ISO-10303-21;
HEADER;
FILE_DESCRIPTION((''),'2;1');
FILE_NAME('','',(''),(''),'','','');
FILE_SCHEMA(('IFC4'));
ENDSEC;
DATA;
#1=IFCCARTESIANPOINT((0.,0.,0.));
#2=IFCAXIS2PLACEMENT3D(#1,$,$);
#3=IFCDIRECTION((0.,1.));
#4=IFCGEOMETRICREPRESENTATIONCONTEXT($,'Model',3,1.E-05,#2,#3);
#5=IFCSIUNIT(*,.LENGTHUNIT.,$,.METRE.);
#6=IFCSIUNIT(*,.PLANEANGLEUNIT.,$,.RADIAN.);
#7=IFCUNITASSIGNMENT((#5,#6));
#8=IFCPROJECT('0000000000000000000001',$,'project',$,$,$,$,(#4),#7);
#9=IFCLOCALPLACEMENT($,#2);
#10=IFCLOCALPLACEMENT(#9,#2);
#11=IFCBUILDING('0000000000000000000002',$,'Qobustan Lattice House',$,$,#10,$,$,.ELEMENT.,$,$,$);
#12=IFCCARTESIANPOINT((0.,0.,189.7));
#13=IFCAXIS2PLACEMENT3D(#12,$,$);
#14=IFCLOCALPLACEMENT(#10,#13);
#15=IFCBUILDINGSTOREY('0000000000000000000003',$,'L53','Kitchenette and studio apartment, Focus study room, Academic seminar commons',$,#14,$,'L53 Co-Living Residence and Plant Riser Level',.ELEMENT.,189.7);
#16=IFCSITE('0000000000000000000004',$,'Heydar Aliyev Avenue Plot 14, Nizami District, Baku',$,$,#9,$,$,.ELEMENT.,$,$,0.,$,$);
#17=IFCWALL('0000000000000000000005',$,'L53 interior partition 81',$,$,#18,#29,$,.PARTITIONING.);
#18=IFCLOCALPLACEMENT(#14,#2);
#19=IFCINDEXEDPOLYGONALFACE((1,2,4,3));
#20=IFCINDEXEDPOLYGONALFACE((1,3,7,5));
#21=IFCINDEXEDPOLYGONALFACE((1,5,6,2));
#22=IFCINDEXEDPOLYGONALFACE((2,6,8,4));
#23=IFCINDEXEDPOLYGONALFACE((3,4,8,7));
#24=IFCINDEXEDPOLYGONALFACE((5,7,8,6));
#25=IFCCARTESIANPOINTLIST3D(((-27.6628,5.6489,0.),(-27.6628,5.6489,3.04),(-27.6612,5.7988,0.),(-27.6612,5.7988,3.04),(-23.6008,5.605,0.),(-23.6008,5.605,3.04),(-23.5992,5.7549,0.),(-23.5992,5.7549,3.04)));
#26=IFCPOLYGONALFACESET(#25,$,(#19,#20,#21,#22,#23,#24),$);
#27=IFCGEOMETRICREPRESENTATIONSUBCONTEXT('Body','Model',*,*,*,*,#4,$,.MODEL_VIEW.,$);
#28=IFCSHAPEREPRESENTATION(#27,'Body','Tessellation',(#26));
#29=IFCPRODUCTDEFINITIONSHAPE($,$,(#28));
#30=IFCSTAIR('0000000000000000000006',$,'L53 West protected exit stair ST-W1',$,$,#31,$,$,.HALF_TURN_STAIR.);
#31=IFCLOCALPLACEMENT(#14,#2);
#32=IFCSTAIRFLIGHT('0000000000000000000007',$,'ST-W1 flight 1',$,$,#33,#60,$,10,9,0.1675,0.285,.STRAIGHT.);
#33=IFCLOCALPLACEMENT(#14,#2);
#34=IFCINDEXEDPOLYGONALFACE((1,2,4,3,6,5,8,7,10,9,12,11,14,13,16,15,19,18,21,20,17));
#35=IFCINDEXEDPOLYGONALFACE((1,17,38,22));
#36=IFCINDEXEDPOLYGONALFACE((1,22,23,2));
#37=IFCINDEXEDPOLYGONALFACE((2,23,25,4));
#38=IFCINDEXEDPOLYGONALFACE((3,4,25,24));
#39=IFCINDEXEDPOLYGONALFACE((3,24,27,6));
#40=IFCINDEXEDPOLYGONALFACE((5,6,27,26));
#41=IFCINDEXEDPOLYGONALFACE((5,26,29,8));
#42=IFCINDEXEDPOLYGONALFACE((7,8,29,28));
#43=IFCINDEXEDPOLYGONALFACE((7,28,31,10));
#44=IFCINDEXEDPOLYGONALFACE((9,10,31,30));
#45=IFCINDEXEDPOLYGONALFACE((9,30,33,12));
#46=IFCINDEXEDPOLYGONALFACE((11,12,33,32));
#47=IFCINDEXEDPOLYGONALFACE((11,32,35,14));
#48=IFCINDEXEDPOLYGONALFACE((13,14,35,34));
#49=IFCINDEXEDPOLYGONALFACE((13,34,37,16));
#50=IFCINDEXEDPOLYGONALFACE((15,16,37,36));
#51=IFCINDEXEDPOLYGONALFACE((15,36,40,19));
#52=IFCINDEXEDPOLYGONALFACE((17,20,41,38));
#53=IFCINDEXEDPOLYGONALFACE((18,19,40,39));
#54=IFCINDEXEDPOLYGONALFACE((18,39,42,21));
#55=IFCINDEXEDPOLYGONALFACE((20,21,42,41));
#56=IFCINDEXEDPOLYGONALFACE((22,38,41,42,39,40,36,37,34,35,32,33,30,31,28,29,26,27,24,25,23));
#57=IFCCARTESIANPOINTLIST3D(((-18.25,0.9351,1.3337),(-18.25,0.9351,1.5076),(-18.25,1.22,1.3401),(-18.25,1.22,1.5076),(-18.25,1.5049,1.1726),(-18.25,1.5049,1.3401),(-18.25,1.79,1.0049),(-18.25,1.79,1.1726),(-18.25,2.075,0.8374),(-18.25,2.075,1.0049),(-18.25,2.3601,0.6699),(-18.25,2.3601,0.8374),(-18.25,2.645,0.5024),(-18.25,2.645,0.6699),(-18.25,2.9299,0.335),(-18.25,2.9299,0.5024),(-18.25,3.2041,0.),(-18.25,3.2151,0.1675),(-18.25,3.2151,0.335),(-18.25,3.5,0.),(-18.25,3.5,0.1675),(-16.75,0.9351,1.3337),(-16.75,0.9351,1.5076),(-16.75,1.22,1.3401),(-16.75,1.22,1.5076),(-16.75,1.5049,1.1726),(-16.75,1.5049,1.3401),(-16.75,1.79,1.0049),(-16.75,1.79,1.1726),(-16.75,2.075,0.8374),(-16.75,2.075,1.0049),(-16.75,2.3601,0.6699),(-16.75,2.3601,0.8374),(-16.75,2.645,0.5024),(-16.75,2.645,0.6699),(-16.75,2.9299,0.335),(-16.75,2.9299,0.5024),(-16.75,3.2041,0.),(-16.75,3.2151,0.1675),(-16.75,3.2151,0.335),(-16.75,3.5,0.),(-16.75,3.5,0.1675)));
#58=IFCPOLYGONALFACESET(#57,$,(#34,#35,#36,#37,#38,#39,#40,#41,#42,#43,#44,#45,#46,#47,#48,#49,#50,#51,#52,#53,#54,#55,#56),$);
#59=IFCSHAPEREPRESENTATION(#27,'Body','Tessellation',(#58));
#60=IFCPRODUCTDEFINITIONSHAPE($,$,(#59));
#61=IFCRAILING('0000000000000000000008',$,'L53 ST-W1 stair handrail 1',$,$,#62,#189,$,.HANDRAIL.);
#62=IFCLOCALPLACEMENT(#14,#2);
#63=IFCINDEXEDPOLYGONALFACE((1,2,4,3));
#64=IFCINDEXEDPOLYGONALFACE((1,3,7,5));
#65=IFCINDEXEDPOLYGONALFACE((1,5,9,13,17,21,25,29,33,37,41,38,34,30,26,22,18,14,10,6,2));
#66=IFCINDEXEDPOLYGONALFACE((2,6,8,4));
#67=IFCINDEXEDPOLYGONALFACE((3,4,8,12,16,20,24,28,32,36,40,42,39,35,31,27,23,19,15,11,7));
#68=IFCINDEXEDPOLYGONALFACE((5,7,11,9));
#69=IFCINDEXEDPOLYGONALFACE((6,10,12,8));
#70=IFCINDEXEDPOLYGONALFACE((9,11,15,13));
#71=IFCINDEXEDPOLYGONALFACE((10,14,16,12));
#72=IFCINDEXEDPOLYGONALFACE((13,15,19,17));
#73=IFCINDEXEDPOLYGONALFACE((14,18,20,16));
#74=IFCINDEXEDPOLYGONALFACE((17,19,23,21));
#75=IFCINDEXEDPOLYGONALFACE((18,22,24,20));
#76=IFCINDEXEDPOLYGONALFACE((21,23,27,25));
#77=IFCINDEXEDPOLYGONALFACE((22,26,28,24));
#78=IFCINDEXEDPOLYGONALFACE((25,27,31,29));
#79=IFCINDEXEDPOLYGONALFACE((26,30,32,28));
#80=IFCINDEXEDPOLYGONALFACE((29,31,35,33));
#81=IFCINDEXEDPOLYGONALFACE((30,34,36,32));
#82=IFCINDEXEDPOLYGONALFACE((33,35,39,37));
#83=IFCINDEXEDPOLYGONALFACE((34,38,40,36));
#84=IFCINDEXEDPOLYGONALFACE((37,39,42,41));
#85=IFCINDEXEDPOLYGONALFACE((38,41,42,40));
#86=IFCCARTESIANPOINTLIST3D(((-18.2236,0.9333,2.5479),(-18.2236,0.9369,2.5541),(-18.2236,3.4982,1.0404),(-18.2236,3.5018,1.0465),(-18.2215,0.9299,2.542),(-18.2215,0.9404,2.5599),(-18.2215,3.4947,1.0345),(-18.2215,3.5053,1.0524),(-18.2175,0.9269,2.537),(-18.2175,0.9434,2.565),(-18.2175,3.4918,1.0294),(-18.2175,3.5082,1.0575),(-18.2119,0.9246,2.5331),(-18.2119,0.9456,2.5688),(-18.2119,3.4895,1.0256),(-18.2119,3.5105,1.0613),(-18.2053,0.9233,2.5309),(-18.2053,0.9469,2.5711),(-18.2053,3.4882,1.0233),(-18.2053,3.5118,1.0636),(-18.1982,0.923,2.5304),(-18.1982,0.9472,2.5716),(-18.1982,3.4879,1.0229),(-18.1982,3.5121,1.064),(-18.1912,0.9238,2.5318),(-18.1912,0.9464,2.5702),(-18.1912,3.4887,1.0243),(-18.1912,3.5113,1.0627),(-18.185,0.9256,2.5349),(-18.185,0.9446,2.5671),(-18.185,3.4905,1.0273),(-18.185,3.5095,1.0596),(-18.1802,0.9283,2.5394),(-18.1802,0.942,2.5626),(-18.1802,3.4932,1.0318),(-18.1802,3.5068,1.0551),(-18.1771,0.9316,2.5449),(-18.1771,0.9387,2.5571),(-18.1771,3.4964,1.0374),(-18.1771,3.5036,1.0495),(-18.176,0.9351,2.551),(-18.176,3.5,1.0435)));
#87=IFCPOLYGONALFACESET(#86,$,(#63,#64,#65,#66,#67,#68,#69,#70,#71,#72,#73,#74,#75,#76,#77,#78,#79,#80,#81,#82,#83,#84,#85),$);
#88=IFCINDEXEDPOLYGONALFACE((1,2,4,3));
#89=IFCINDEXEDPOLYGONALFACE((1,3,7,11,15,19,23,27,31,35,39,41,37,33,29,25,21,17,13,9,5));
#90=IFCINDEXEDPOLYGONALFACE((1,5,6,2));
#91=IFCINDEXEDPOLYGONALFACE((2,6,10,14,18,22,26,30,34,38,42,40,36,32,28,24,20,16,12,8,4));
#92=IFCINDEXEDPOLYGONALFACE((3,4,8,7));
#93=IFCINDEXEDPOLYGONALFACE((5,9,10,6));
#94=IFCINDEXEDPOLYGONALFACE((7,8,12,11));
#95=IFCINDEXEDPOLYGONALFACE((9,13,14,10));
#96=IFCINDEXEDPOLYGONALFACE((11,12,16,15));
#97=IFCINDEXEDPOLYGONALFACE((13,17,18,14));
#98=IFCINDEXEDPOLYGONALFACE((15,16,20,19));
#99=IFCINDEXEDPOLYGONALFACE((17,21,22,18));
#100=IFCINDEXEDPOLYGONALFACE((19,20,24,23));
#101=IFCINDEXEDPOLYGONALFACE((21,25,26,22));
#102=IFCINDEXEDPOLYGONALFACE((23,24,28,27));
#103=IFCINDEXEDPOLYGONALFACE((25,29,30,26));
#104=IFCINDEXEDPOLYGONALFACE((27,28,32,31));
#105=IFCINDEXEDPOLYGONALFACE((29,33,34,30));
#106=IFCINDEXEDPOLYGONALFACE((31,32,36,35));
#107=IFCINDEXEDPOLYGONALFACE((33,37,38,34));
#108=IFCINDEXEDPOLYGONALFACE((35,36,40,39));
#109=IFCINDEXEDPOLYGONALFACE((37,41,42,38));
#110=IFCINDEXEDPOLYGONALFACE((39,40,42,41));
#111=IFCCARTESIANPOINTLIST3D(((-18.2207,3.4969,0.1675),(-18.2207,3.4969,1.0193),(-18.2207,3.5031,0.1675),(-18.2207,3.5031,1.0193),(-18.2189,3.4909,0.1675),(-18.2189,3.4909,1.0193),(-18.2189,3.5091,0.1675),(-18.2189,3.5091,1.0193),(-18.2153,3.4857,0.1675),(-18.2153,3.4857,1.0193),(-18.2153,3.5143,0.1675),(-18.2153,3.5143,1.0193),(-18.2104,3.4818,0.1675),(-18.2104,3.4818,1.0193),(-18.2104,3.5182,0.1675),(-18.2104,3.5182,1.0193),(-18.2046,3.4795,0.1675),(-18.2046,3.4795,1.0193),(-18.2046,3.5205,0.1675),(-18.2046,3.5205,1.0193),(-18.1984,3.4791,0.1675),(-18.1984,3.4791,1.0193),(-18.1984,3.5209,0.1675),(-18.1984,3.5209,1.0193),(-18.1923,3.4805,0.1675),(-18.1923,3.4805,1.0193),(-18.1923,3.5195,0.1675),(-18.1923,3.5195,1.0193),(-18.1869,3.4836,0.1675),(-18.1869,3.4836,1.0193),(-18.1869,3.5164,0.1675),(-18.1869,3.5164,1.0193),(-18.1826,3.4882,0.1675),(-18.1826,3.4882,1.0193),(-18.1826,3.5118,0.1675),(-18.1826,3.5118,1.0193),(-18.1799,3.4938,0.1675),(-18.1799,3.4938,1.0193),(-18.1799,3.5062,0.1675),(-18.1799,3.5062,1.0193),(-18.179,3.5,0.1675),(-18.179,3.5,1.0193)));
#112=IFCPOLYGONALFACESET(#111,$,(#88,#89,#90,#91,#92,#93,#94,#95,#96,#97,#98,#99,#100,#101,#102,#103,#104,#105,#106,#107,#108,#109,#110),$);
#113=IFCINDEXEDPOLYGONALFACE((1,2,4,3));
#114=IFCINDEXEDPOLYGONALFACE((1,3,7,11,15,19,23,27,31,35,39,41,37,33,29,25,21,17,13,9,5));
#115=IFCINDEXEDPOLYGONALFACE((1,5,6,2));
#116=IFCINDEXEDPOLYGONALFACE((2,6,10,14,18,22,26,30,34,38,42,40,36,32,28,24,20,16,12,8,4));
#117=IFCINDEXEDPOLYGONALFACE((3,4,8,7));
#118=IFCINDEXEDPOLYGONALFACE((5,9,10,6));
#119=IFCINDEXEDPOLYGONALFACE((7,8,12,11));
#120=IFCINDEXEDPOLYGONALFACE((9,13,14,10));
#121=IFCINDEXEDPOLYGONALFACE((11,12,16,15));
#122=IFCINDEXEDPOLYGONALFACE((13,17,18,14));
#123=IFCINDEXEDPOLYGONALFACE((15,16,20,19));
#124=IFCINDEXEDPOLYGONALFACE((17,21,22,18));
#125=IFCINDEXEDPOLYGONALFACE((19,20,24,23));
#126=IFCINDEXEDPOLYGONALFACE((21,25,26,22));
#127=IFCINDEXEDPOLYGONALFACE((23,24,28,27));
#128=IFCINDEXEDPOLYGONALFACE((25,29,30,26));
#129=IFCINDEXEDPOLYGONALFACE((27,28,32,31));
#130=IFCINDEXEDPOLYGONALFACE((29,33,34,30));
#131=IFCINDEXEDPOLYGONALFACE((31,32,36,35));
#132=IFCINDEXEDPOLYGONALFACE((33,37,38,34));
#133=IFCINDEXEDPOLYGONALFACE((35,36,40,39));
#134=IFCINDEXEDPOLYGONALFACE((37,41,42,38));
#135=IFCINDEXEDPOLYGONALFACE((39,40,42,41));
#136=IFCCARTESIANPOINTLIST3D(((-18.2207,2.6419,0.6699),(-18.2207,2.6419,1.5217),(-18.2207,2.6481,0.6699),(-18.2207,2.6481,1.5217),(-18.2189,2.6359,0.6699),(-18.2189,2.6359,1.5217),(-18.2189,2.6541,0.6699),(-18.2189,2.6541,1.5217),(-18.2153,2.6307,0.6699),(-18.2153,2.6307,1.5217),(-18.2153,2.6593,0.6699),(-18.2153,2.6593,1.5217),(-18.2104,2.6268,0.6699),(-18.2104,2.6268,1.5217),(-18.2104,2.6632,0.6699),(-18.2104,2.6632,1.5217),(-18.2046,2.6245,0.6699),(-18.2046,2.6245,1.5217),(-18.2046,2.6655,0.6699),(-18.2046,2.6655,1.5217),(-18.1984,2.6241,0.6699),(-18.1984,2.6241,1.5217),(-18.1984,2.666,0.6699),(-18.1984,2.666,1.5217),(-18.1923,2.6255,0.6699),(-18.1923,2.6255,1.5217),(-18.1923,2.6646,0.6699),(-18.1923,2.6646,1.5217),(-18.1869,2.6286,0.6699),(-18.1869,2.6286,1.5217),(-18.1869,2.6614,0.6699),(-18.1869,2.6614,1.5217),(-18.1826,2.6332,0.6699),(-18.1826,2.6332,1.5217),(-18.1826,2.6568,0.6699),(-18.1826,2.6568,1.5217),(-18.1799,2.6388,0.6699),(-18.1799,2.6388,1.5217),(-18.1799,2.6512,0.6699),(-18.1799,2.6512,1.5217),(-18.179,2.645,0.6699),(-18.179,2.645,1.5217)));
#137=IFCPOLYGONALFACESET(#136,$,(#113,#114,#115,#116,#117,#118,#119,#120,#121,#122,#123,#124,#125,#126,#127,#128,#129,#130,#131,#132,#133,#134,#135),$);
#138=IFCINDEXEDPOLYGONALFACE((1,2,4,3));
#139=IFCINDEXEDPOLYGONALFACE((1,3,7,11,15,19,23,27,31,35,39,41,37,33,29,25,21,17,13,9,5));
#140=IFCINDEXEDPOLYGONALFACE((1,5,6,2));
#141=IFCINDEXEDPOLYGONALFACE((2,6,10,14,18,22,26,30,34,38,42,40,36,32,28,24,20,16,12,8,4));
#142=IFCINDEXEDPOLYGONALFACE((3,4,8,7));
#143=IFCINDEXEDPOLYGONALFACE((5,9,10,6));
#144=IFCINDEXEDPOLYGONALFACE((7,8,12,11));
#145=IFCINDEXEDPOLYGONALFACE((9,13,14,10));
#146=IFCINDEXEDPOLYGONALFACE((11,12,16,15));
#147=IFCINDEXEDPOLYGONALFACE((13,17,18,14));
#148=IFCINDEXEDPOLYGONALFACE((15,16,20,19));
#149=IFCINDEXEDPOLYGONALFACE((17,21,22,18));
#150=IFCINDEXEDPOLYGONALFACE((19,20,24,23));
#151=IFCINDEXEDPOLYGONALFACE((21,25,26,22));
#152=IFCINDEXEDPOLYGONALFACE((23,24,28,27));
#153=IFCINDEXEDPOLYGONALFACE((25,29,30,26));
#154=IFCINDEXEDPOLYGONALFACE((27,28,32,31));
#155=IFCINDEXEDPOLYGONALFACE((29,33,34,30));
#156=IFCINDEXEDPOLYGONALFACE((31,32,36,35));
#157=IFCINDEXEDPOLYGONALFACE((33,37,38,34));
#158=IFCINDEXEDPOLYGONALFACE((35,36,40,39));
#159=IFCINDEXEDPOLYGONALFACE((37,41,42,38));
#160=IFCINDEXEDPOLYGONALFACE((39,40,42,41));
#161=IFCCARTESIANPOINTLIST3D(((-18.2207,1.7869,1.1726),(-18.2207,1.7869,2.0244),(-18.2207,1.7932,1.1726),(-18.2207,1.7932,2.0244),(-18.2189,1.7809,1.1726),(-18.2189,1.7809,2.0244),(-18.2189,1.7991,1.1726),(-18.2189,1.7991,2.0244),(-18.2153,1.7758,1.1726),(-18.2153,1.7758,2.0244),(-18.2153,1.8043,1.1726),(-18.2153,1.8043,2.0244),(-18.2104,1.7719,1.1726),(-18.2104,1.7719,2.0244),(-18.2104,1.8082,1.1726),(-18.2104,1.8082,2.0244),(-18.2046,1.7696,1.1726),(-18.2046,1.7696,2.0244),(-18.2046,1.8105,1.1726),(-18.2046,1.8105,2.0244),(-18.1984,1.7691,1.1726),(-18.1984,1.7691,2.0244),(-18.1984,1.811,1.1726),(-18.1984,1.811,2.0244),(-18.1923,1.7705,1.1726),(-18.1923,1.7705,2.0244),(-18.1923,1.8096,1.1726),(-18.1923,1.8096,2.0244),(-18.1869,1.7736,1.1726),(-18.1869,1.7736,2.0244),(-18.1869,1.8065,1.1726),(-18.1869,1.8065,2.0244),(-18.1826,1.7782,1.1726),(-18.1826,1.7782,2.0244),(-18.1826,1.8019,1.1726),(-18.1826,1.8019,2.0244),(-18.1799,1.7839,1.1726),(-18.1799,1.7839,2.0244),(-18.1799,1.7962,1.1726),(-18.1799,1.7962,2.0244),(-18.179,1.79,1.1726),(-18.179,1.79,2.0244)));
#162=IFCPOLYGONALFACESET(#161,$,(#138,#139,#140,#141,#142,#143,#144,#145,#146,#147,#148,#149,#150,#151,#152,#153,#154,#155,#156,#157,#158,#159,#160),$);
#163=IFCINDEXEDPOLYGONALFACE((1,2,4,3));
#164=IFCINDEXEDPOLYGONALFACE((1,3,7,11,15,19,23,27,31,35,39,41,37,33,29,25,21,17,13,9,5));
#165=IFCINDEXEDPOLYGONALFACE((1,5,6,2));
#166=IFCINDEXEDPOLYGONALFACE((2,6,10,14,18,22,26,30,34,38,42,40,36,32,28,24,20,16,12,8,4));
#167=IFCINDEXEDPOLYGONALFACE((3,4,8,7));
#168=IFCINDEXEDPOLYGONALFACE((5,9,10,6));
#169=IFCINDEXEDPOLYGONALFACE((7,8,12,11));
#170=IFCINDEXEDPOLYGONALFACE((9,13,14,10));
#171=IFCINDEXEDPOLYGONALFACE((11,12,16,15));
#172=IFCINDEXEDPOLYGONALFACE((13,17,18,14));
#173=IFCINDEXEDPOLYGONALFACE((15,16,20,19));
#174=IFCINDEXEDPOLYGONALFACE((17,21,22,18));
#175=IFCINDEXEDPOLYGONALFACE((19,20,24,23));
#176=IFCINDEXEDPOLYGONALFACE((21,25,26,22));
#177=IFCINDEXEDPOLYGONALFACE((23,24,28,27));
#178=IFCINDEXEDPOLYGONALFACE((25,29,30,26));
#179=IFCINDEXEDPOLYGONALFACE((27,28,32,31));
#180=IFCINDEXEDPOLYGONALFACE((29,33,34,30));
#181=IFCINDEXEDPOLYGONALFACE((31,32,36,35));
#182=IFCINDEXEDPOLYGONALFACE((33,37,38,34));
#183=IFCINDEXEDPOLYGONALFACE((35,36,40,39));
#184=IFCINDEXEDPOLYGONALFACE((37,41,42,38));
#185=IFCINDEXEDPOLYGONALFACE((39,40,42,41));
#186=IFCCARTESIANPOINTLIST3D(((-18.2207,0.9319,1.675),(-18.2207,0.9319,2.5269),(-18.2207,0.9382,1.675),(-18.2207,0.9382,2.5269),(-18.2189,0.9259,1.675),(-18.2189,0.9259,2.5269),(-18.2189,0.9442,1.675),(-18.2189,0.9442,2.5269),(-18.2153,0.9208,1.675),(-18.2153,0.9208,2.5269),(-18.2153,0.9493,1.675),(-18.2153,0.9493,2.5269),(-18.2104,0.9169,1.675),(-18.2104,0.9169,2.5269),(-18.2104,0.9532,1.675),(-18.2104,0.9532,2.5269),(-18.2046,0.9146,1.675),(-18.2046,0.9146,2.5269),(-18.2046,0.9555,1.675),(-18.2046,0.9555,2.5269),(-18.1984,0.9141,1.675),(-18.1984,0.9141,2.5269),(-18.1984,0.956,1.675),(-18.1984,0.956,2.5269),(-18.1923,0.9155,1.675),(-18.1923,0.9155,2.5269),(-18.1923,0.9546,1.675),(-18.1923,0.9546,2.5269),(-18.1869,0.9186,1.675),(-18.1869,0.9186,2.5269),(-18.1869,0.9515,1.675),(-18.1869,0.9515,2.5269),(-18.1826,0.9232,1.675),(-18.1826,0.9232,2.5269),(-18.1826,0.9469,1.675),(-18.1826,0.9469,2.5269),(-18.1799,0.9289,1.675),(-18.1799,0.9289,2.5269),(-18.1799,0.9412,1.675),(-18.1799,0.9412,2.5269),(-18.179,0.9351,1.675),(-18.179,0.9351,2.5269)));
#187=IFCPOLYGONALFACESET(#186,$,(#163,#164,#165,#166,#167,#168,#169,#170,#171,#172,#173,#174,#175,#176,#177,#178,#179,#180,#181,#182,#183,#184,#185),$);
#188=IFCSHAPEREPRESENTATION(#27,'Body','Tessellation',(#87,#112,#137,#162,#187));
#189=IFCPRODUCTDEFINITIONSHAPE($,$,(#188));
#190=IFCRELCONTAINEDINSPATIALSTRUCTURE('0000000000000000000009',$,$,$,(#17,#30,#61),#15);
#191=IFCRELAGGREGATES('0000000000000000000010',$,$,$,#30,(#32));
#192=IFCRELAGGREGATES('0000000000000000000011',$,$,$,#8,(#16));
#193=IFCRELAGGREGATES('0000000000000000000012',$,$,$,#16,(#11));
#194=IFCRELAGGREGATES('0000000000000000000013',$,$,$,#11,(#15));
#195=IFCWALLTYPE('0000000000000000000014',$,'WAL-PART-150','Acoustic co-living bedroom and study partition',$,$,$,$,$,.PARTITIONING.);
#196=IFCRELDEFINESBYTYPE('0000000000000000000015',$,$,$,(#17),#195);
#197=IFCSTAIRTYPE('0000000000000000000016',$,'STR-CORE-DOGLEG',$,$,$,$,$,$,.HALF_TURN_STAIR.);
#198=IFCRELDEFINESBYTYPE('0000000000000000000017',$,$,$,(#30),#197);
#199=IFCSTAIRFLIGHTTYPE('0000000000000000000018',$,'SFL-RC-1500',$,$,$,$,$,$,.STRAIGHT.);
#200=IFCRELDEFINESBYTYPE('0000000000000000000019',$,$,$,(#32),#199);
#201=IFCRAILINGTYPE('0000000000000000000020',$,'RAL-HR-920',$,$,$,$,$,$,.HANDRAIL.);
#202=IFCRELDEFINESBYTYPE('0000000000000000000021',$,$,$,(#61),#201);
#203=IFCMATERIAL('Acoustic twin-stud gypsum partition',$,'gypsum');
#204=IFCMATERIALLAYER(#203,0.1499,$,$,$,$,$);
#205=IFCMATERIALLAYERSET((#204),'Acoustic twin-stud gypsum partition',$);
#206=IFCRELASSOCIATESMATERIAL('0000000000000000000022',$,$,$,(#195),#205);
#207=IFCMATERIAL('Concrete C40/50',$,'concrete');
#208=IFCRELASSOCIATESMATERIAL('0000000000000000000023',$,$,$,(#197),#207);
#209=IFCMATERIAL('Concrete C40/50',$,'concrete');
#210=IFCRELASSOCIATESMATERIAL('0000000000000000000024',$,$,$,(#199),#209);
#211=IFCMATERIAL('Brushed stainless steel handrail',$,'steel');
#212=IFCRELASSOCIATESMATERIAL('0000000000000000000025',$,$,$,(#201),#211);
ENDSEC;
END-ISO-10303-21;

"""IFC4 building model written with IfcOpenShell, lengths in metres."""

from ifc_helpers import new_model, si_unit, direction, frame, frame_2d, origin, origin_2d, place, context, subcontext, project, spatial, polyline, rectangle, circle, outline, extrude, material, layer, layer_set, type_object, element, aggregate, save


model = new_model("IFC4")

# Units and contexts
model_context = context("Model", 3, precision=1e-05, world=origin(), true_north=direction((0.0, 1.0)))
body_context = subcontext(model_context, "Body", "Model", "MODEL_VIEW")
ifc_project = project(units=[si_unit("LENGTHUNIT", "METRE"), si_unit("PLANEANGLEUNIT", "RADIAN")], contexts=[model_context])

# Site, building, storey
site_placement = place(None, origin())
site = spatial("IfcSite", under=ifc_project, at=site_placement, Name="Heydar Aliyev Avenue Plot 14, Nizami District, Baku", CompositionType="ELEMENT", RefElevation=0.0)
building_placement = place(site_placement, origin())
building = spatial("IfcBuilding", under=site, at=building_placement, Name="Qobustan Lattice House", CompositionType="ELEMENT")
storey_placement = place(building_placement, frame((0.0, 0.0, 189.7)))
storey = spatial("IfcBuildingStorey", under=building, at=storey_placement, Name="L53", Description="Kitchenette and studio apartment, Focus study room, Academic seminar commons", LongName="L53 Co-Living Residence and Plant Riser Level", CompositionType="ELEMENT", Elevation=189.7)

# Shared definitions
ifc_material_1 = material(Name="Acoustic twin-stud gypsum partition", Category="gypsum")
ifc_layer_1 = layer(ifc_material_1, 0.1499)
ifc_layer_set_1 = layer_set([ifc_layer_1], Name="Acoustic twin-stud gypsum partition")
wall_type_1 = type_object("IfcWallType", Name="WAL-PART-150", Description="Acoustic co-living bedroom and study partition", PredefinedType="PARTITIONING", material=ifc_layer_set_1)

# Wall
wall_1_placement = place(storey_placement, frame((-27.6621, 5.7239, 0.0), z_axis=(0.0, 0.0, 1.0), x_axis=(0.999941, -0.010818, 0.0)))
element("IfcWall", 1, at=wall_1_placement, inside=storey, type_object=wall_type_1, Name="L53 interior partition 81", PredefinedType="PARTITIONING", context=body_context, shape_type="SweptSolid", body=[
    extrude(rectangle(XDim=4.0623, YDim=0.1499, at=frame_2d((2.0312, 0.0))), origin(), (0.0, 0.0, 1.0), 3.04),
])

# Stair, stair flight
ifc_material_2 = material(Name="Concrete C40/50", Category="concrete")
stair_type = type_object("IfcStairType", Name="STR-CORE-DOGLEG", PredefinedType="HALF_TURN_STAIR", material=ifc_material_2)
stair_placement = place(storey_placement, origin())
stair = element("IfcStair", 2, at=stair_placement, inside=storey, type_object=stair_type, Name="L53 West protected exit stair ST-W1", PredefinedType="HALF_TURN_STAIR")
ifc_material_3 = material(Name="Concrete C40/50", Category="concrete")
stair_flight_type = type_object("IfcStairFlightType", Name="SFL-RC-1500", PredefinedType="STRAIGHT", material=ifc_material_3)
stair_flight_placement = place(storey_placement, frame((-17.5, 3.5, 0.0), z_axis=(0.0, 0.0, 1.0), x_axis=(0.0, -1.0, 0.0)))
stair_flight = element("IfcStairFlight", 3, at=stair_flight_placement, type_object=stair_flight_type, Name="ST-W1 flight 1", NumberOfRisers=10, NumberOfTreads=9, PredefinedType="STRAIGHT", RiserHeight=0.1675, TreadLength=0.285, context=body_context, shape_type="SweptSolid", body=[
    extrude(outline(polyline([(0.0, 0.0), (0.0, 0.1675), (0.2849, 0.1675), (0.2849, 0.335), (0.5701, 0.335), (0.5701, 0.5024), (0.855, 0.5024), (0.855, 0.6699), (1.1399, 0.6699), (1.1399, 0.8374), (1.425, 0.8374), (1.425, 1.0049), (1.71, 1.0049), (1.71, 1.1726), (1.9951, 1.1726), (1.9951, 1.3401), (2.28, 1.3401), (2.28, 1.5076), (2.5649, 1.5076), (2.5649, 1.675), (2.5649, 1.3337), (0.2959, 0.0), (0.0, 0.0)])), frame((0.0, 0.75, 0.0), z_axis=(0.0, -1.0, 0.0), x_axis=(1.0, 0.0, 0.0)), (0.0, 0.0, 1.0), 1.5),
])
aggregate(stair, [stair_flight])

# Railing
ifc_material_4 = material(Name="Brushed stainless steel handrail", Category="steel")
railing_type = type_object("IfcRailingType", Name="RAL-HR-920", PredefinedType="HANDRAIL", material=ifc_material_4)
railing_placement = place(storey_placement, frame((-18.2, 3.5, 0.1675)))
element("IfcRailing", 4, at=railing_placement, inside=storey, type_object=railing_type, Name="L53 ST-W1 stair handrail 1", PredefinedType="HANDRAIL", context=body_context, shape_type="SweptSolid", body=[
    extrude(circle(Radius=0.0239, at=origin_2d()), frame((0.0, 0.0, 0.876), z_axis=(0.0, -0.862113, 0.506715), x_axis=(1.0, 0.0, 0.0)), (0.0, 0.0, 1.0), 2.9751),
    extrude(circle(Radius=0.021, at=origin_2d()), origin(), (0.0, 0.0, 1.0), 0.8518),
    extrude(circle(Radius=0.021, at=origin_2d()), frame((0.0, -0.855, 0.5024)), (0.0, 0.0, 1.0), 0.8518),
    extrude(circle(Radius=0.021, at=origin_2d()), frame((0.0, -1.71, 1.0051)), (0.0, 0.0, 1.0), 0.8518),
    extrude(circle(Radius=0.021, at=origin_2d()), frame((0.0, -2.5649, 1.5076)), (0.0, 0.0, 1.0), 0.8518),
])

save(model, "model.ifc")
